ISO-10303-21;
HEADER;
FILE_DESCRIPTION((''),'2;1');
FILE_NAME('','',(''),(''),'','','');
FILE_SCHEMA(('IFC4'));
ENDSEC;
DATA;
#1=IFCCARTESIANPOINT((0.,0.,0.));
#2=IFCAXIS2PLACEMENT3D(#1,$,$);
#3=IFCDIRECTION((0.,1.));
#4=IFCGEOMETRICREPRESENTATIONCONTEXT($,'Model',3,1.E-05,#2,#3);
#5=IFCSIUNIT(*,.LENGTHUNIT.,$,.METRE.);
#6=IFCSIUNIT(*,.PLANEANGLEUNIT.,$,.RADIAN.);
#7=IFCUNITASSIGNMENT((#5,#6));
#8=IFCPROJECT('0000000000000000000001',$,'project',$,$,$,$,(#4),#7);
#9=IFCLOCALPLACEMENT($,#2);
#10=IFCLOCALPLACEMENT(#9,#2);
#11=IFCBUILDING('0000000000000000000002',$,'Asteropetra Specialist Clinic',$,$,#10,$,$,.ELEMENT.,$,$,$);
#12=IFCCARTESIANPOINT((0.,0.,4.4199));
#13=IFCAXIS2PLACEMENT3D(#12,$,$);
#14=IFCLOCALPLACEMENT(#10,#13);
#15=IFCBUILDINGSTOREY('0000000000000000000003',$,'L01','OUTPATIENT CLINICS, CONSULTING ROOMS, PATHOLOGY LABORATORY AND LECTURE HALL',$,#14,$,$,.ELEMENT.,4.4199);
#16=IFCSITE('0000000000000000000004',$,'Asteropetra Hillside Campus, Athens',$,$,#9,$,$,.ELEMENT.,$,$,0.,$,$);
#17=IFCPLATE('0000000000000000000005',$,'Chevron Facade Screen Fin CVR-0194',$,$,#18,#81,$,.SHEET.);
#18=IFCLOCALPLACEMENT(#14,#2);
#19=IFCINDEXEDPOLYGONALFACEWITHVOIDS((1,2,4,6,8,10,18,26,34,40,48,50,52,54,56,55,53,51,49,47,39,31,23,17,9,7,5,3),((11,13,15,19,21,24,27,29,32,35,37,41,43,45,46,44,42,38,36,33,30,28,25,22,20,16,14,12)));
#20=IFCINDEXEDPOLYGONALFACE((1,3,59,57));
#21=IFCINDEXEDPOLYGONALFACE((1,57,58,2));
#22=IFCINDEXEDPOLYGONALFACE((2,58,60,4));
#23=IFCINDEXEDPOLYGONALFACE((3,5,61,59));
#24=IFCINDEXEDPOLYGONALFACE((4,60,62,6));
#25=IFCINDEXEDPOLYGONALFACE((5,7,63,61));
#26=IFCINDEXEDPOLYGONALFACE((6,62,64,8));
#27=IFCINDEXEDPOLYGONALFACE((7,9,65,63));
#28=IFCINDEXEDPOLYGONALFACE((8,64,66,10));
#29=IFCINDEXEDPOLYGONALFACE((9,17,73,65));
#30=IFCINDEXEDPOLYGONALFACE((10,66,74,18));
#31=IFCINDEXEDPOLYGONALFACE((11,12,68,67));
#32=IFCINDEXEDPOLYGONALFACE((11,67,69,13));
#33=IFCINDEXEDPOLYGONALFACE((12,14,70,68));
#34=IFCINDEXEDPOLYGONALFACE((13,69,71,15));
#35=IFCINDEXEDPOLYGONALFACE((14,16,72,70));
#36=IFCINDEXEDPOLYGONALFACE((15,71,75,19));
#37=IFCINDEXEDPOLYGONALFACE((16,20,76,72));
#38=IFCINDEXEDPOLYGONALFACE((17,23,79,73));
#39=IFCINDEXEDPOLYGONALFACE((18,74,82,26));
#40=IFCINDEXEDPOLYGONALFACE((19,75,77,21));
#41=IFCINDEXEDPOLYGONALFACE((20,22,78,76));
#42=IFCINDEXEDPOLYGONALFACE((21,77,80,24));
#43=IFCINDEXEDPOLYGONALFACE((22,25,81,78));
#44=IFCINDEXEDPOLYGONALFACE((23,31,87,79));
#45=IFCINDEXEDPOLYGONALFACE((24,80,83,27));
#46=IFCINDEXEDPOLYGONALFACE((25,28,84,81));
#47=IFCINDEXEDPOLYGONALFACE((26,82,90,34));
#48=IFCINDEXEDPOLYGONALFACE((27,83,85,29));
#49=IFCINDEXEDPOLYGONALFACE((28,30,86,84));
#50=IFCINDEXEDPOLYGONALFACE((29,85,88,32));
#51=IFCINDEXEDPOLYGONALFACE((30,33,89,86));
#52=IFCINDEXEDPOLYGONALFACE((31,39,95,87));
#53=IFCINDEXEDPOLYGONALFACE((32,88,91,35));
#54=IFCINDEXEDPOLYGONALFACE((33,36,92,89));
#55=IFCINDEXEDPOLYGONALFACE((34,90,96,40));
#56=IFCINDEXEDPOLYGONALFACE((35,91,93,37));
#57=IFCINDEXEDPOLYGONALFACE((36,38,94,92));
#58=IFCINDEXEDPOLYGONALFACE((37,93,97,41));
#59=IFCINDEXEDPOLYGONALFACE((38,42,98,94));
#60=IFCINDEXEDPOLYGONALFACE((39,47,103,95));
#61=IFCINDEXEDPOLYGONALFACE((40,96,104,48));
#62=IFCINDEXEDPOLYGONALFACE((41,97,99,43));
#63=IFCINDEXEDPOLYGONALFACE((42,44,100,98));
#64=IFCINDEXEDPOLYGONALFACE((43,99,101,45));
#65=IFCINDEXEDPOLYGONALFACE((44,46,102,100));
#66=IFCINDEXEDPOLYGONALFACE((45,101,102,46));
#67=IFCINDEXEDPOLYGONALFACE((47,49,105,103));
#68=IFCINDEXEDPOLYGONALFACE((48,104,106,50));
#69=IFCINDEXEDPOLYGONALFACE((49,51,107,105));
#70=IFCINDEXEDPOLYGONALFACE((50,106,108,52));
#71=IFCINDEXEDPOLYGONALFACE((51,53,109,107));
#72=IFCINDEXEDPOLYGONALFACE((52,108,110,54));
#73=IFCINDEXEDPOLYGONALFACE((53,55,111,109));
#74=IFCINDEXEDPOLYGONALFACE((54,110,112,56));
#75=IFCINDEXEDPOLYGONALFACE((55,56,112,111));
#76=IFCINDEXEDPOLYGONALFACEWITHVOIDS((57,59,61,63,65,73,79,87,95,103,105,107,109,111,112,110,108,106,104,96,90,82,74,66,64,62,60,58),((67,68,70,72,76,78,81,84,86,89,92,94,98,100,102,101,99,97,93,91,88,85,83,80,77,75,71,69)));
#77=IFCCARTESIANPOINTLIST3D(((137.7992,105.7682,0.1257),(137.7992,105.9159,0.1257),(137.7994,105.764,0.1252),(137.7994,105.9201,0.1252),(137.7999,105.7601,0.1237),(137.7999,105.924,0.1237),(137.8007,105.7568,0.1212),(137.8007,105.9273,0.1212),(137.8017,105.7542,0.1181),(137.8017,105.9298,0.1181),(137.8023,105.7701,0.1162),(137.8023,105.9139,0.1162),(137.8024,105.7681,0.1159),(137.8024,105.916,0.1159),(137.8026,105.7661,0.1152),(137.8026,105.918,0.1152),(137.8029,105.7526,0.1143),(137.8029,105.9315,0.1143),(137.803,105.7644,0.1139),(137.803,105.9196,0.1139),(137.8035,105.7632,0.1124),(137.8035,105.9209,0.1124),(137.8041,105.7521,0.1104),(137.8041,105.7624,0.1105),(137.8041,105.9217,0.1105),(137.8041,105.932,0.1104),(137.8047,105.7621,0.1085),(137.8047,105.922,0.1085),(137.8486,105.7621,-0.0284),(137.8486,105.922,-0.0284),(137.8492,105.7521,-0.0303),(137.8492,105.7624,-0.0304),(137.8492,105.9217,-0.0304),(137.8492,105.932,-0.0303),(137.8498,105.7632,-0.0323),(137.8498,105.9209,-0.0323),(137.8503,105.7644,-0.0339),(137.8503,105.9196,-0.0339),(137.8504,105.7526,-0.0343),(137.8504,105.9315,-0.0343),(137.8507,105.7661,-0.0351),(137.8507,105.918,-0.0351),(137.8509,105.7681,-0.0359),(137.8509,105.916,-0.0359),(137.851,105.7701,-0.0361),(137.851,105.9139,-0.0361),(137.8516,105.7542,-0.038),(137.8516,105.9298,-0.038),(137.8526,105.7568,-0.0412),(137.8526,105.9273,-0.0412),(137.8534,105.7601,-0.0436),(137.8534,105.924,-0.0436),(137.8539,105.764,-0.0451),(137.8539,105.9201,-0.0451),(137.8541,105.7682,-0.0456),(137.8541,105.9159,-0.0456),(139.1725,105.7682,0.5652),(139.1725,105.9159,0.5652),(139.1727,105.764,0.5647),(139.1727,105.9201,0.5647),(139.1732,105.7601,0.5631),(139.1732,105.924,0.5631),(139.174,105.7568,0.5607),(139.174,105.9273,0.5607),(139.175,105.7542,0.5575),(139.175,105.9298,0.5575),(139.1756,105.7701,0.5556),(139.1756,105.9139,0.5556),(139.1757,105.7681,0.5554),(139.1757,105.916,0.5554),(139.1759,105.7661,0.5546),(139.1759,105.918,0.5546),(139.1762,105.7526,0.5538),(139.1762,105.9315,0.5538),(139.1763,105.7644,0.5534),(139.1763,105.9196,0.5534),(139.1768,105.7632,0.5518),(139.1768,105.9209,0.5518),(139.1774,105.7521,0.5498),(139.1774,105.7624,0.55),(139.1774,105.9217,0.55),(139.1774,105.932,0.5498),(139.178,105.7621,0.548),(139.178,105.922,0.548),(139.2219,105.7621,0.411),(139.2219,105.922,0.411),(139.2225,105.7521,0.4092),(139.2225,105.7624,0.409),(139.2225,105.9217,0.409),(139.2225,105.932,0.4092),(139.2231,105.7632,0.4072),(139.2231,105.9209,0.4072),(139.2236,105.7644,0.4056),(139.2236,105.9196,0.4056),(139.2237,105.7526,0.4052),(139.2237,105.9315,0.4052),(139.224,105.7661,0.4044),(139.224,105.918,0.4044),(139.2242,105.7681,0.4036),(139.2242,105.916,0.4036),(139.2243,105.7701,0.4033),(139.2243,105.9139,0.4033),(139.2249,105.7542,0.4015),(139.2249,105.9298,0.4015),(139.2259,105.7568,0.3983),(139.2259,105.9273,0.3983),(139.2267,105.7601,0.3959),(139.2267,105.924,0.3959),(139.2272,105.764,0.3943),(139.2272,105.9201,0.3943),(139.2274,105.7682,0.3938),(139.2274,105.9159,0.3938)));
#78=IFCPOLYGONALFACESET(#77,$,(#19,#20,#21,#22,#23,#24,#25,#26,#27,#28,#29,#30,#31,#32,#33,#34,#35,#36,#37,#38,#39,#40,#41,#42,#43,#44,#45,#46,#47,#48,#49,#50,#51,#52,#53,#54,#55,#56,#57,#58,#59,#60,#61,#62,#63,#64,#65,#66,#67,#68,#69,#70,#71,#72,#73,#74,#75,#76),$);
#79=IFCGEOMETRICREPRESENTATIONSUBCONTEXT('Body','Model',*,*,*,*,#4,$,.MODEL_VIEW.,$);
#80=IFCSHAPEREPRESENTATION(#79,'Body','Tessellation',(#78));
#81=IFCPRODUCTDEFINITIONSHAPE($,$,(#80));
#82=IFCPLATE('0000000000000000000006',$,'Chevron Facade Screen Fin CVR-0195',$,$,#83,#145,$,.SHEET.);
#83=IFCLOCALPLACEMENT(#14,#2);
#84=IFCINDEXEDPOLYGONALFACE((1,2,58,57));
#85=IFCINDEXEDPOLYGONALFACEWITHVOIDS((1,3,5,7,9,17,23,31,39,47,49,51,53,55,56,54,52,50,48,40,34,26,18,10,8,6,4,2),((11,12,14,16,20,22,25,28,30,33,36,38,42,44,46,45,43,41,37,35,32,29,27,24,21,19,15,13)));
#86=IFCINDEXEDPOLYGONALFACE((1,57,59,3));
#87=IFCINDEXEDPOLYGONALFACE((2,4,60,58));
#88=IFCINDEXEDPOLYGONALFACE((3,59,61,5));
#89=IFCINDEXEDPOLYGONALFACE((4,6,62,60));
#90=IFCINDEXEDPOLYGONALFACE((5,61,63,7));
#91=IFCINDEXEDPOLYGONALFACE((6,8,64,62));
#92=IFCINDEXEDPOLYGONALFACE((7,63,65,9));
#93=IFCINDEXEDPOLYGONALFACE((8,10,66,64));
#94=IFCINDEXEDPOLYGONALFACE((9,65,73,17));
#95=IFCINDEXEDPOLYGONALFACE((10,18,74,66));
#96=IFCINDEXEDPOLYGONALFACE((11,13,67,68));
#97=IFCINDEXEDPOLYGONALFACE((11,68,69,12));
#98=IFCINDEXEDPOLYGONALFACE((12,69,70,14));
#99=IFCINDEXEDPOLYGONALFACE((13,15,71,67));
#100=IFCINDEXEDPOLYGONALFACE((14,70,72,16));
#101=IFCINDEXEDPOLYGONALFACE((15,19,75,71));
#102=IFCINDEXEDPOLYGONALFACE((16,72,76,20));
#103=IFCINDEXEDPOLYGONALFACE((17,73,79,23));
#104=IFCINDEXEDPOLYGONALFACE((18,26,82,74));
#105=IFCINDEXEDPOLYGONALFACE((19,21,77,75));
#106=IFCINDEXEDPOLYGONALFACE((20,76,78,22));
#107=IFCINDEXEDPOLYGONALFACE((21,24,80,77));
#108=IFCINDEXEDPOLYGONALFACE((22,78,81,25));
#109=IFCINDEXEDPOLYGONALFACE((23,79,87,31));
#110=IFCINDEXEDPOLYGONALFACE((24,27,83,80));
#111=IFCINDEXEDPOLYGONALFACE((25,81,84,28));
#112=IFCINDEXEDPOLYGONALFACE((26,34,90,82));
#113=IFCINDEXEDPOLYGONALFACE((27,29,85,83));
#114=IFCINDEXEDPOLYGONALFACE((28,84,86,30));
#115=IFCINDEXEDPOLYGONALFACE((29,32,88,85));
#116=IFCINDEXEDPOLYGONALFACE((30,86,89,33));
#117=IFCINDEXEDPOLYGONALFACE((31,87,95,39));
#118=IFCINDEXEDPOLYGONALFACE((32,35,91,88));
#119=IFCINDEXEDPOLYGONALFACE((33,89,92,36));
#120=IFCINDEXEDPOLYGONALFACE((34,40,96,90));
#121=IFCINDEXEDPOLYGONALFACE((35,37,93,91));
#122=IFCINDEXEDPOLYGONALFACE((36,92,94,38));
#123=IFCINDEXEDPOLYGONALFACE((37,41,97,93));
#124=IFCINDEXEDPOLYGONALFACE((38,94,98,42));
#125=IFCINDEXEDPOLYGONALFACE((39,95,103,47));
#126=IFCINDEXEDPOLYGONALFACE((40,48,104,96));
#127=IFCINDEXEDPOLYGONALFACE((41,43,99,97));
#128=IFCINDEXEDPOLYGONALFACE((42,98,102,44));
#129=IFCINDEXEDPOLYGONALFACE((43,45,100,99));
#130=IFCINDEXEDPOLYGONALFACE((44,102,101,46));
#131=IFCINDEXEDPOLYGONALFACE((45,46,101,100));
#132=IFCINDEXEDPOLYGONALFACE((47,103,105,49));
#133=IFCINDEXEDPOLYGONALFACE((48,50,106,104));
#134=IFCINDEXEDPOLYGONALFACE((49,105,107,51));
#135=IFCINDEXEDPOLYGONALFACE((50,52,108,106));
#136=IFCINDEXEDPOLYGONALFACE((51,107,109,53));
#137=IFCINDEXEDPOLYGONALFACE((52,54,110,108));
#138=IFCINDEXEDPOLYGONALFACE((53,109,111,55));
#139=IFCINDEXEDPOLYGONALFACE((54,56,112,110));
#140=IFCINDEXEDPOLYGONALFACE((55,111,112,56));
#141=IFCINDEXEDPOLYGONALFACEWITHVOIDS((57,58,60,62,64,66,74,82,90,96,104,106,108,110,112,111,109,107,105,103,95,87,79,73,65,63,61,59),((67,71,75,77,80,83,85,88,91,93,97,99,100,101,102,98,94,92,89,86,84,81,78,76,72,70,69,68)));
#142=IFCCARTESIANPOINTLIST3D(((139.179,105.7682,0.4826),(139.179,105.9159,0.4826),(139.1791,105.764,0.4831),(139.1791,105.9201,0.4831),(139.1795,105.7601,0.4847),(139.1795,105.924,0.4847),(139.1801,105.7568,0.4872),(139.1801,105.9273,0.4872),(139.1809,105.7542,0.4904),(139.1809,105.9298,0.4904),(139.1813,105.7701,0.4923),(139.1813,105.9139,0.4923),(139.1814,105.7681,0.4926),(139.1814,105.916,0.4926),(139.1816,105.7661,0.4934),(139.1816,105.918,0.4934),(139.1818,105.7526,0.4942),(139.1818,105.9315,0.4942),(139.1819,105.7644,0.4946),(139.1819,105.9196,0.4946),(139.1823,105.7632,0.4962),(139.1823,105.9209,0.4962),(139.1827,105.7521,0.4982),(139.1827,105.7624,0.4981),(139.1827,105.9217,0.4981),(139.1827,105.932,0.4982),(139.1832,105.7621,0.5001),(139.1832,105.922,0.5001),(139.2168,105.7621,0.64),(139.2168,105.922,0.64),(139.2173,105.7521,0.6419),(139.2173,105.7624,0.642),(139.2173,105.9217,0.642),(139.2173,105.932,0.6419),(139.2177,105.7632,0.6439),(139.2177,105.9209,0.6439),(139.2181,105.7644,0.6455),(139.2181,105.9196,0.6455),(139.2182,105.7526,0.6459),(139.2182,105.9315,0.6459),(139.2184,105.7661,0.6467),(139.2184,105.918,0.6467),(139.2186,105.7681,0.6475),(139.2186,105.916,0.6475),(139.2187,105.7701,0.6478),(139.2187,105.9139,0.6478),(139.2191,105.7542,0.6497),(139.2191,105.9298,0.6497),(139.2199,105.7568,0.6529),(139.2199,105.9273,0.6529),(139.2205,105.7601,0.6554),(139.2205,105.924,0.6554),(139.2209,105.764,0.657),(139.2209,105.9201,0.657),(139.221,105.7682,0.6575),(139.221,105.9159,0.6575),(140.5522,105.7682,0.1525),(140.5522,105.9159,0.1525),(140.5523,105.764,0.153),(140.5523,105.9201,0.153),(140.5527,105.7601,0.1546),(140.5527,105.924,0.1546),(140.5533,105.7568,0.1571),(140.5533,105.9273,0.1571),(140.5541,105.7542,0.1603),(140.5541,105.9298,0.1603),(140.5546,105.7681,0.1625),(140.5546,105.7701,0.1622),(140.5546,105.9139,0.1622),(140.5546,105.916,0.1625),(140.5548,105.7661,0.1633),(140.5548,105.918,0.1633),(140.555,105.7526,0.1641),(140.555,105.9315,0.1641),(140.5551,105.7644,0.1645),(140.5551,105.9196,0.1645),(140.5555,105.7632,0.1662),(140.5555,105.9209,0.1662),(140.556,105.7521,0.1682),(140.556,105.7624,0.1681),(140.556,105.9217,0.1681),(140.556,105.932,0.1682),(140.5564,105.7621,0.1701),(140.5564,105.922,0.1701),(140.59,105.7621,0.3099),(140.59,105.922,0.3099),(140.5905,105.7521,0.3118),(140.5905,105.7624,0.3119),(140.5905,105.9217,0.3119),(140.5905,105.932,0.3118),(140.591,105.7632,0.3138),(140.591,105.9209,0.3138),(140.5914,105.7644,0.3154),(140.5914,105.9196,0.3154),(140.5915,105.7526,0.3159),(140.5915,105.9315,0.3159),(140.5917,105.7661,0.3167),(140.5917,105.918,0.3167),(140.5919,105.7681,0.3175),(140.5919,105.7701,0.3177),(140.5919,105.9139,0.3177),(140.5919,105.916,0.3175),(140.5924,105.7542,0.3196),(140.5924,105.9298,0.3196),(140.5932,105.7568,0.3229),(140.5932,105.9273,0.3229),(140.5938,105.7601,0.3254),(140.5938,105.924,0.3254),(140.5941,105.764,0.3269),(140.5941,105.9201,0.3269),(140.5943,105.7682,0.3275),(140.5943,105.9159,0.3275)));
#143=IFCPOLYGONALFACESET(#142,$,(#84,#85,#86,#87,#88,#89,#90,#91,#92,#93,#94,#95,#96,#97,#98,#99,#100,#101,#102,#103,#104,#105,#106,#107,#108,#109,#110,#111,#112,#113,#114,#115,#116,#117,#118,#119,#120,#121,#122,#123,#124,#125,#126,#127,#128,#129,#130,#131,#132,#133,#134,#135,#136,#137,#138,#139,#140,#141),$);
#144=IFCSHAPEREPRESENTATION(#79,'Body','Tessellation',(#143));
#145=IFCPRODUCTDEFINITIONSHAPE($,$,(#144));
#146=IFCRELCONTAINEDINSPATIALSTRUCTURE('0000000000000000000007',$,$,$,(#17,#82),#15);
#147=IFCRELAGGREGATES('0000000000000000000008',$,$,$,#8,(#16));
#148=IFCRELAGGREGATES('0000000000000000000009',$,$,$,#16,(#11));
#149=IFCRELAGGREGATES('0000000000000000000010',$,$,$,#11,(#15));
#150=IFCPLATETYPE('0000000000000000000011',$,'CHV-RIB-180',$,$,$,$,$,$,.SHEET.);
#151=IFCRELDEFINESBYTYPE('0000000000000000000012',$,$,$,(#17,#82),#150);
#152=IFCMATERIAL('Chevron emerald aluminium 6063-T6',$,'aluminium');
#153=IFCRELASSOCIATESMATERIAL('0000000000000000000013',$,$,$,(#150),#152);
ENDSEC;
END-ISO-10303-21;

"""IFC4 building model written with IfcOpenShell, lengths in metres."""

from ifc_helpers import new_model, si_unit, direction, frame, origin, origin_2d, place, context, subcontext, project, spatial, hollow_rectangle, extrude, material, material_profile, profile_set, type_object, element, save


model = new_model("IFC4")

# Units and contexts
model_context = context("Model", 3, precision=1e-05, world=origin(), true_north=direction((0.0, 1.0)))
body_context = subcontext(model_context, "Body", "Model", "MODEL_VIEW")
ifc_project = project(units=[si_unit("LENGTHUNIT", "METRE"), si_unit("PLANEANGLEUNIT", "RADIAN")], contexts=[model_context])

# Site, building, storey
site_placement = place(None, origin())
site = spatial("IfcSite", under=ifc_project, at=site_placement, Name="Asteropetra Hillside Campus, Athens", CompositionType="ELEMENT", RefElevation=0.0)
building_placement = place(site_placement, origin())
building = spatial("IfcBuilding", under=site, at=building_placement, Name="Asteropetra Specialist Clinic", CompositionType="ELEMENT")
storey_placement = place(building_placement, frame((0.0, 0.0, 4.4199)))
storey = spatial("IfcBuildingStorey", under=building, at=storey_placement, Name="L01", Description="OUTPATIENT CLINICS, CONSULTING ROOMS, PATHOLOGY LABORATORY AND LECTURE HALL", CompositionType="ELEMENT", Elevation=4.4199)

# Plates
ifc_material_1 = material(Name="Chevron emerald aluminium 6063-T6", Category="aluminium")
ifc_material_profile_1 = material_profile(ifc_material_1, hollow_rectangle(XDim=0.1799, YDim=0.1799, WallThickness=0.01, InnerFilletRadius=0.0081, OuterFilletRadius=0.0161, at=origin_2d()), Name="SHS 180x180x10.0")
ifc_profile_set_1 = profile_set([ifc_material_profile_1], Name="Chevron emerald aluminium 6063-T6")
plate_type = type_object("IfcPlateType", Name="CHV-RIB-180", PredefinedType="SHEET", material=ifc_profile_set_1)
for number, where, z_axis, x_axis, name in (
    (1, (139.2, 105.842, 0.4795), (-0.952424, 0.0, -0.304776), (0.0, -1.0, 0.0), "Chevron Facade Screen Fin CVR-0194"),
):
    element("IfcPlate", number, at=place(storey_placement, frame(where, z_axis=z_axis, x_axis=x_axis)), inside=storey, type_object=plate_type, Name=name, PredefinedType="SHEET", context=body_context, shape_type="SweptSolid", body=[
        extrude(hollow_rectangle(XDim=0.1799, YDim=0.1799, WallThickness=0.01, InnerFilletRadius=0.0081, OuterFilletRadius=0.0161, at=origin_2d()), origin(), (0.0, 0.0, 1.0), 1.4419),
    ])
for number, where, z_axis, x_axis, name in (
    (2, (140.5732, 105.842, 0.24), (-0.972309, 0.0, 0.2337), (0.0, -1.0, 0.0), "Chevron Facade Screen Fin CVR-0195"),
):
    element("IfcPlate", number, at=place(storey_placement, frame(where, z_axis=z_axis, x_axis=x_axis)), inside=storey, type_object=plate_type, Name=name, PredefinedType="SHEET", context=body_context, shape_type="SweptSolid", body=[
        extrude(hollow_rectangle(XDim=0.1799, YDim=0.1799, WallThickness=0.01, InnerFilletRadius=0.0081, OuterFilletRadius=0.0161, at=origin_2d()), origin(), (0.0, 0.0, 1.0), 1.4124),
    ])

save(model, "model.ifc")
